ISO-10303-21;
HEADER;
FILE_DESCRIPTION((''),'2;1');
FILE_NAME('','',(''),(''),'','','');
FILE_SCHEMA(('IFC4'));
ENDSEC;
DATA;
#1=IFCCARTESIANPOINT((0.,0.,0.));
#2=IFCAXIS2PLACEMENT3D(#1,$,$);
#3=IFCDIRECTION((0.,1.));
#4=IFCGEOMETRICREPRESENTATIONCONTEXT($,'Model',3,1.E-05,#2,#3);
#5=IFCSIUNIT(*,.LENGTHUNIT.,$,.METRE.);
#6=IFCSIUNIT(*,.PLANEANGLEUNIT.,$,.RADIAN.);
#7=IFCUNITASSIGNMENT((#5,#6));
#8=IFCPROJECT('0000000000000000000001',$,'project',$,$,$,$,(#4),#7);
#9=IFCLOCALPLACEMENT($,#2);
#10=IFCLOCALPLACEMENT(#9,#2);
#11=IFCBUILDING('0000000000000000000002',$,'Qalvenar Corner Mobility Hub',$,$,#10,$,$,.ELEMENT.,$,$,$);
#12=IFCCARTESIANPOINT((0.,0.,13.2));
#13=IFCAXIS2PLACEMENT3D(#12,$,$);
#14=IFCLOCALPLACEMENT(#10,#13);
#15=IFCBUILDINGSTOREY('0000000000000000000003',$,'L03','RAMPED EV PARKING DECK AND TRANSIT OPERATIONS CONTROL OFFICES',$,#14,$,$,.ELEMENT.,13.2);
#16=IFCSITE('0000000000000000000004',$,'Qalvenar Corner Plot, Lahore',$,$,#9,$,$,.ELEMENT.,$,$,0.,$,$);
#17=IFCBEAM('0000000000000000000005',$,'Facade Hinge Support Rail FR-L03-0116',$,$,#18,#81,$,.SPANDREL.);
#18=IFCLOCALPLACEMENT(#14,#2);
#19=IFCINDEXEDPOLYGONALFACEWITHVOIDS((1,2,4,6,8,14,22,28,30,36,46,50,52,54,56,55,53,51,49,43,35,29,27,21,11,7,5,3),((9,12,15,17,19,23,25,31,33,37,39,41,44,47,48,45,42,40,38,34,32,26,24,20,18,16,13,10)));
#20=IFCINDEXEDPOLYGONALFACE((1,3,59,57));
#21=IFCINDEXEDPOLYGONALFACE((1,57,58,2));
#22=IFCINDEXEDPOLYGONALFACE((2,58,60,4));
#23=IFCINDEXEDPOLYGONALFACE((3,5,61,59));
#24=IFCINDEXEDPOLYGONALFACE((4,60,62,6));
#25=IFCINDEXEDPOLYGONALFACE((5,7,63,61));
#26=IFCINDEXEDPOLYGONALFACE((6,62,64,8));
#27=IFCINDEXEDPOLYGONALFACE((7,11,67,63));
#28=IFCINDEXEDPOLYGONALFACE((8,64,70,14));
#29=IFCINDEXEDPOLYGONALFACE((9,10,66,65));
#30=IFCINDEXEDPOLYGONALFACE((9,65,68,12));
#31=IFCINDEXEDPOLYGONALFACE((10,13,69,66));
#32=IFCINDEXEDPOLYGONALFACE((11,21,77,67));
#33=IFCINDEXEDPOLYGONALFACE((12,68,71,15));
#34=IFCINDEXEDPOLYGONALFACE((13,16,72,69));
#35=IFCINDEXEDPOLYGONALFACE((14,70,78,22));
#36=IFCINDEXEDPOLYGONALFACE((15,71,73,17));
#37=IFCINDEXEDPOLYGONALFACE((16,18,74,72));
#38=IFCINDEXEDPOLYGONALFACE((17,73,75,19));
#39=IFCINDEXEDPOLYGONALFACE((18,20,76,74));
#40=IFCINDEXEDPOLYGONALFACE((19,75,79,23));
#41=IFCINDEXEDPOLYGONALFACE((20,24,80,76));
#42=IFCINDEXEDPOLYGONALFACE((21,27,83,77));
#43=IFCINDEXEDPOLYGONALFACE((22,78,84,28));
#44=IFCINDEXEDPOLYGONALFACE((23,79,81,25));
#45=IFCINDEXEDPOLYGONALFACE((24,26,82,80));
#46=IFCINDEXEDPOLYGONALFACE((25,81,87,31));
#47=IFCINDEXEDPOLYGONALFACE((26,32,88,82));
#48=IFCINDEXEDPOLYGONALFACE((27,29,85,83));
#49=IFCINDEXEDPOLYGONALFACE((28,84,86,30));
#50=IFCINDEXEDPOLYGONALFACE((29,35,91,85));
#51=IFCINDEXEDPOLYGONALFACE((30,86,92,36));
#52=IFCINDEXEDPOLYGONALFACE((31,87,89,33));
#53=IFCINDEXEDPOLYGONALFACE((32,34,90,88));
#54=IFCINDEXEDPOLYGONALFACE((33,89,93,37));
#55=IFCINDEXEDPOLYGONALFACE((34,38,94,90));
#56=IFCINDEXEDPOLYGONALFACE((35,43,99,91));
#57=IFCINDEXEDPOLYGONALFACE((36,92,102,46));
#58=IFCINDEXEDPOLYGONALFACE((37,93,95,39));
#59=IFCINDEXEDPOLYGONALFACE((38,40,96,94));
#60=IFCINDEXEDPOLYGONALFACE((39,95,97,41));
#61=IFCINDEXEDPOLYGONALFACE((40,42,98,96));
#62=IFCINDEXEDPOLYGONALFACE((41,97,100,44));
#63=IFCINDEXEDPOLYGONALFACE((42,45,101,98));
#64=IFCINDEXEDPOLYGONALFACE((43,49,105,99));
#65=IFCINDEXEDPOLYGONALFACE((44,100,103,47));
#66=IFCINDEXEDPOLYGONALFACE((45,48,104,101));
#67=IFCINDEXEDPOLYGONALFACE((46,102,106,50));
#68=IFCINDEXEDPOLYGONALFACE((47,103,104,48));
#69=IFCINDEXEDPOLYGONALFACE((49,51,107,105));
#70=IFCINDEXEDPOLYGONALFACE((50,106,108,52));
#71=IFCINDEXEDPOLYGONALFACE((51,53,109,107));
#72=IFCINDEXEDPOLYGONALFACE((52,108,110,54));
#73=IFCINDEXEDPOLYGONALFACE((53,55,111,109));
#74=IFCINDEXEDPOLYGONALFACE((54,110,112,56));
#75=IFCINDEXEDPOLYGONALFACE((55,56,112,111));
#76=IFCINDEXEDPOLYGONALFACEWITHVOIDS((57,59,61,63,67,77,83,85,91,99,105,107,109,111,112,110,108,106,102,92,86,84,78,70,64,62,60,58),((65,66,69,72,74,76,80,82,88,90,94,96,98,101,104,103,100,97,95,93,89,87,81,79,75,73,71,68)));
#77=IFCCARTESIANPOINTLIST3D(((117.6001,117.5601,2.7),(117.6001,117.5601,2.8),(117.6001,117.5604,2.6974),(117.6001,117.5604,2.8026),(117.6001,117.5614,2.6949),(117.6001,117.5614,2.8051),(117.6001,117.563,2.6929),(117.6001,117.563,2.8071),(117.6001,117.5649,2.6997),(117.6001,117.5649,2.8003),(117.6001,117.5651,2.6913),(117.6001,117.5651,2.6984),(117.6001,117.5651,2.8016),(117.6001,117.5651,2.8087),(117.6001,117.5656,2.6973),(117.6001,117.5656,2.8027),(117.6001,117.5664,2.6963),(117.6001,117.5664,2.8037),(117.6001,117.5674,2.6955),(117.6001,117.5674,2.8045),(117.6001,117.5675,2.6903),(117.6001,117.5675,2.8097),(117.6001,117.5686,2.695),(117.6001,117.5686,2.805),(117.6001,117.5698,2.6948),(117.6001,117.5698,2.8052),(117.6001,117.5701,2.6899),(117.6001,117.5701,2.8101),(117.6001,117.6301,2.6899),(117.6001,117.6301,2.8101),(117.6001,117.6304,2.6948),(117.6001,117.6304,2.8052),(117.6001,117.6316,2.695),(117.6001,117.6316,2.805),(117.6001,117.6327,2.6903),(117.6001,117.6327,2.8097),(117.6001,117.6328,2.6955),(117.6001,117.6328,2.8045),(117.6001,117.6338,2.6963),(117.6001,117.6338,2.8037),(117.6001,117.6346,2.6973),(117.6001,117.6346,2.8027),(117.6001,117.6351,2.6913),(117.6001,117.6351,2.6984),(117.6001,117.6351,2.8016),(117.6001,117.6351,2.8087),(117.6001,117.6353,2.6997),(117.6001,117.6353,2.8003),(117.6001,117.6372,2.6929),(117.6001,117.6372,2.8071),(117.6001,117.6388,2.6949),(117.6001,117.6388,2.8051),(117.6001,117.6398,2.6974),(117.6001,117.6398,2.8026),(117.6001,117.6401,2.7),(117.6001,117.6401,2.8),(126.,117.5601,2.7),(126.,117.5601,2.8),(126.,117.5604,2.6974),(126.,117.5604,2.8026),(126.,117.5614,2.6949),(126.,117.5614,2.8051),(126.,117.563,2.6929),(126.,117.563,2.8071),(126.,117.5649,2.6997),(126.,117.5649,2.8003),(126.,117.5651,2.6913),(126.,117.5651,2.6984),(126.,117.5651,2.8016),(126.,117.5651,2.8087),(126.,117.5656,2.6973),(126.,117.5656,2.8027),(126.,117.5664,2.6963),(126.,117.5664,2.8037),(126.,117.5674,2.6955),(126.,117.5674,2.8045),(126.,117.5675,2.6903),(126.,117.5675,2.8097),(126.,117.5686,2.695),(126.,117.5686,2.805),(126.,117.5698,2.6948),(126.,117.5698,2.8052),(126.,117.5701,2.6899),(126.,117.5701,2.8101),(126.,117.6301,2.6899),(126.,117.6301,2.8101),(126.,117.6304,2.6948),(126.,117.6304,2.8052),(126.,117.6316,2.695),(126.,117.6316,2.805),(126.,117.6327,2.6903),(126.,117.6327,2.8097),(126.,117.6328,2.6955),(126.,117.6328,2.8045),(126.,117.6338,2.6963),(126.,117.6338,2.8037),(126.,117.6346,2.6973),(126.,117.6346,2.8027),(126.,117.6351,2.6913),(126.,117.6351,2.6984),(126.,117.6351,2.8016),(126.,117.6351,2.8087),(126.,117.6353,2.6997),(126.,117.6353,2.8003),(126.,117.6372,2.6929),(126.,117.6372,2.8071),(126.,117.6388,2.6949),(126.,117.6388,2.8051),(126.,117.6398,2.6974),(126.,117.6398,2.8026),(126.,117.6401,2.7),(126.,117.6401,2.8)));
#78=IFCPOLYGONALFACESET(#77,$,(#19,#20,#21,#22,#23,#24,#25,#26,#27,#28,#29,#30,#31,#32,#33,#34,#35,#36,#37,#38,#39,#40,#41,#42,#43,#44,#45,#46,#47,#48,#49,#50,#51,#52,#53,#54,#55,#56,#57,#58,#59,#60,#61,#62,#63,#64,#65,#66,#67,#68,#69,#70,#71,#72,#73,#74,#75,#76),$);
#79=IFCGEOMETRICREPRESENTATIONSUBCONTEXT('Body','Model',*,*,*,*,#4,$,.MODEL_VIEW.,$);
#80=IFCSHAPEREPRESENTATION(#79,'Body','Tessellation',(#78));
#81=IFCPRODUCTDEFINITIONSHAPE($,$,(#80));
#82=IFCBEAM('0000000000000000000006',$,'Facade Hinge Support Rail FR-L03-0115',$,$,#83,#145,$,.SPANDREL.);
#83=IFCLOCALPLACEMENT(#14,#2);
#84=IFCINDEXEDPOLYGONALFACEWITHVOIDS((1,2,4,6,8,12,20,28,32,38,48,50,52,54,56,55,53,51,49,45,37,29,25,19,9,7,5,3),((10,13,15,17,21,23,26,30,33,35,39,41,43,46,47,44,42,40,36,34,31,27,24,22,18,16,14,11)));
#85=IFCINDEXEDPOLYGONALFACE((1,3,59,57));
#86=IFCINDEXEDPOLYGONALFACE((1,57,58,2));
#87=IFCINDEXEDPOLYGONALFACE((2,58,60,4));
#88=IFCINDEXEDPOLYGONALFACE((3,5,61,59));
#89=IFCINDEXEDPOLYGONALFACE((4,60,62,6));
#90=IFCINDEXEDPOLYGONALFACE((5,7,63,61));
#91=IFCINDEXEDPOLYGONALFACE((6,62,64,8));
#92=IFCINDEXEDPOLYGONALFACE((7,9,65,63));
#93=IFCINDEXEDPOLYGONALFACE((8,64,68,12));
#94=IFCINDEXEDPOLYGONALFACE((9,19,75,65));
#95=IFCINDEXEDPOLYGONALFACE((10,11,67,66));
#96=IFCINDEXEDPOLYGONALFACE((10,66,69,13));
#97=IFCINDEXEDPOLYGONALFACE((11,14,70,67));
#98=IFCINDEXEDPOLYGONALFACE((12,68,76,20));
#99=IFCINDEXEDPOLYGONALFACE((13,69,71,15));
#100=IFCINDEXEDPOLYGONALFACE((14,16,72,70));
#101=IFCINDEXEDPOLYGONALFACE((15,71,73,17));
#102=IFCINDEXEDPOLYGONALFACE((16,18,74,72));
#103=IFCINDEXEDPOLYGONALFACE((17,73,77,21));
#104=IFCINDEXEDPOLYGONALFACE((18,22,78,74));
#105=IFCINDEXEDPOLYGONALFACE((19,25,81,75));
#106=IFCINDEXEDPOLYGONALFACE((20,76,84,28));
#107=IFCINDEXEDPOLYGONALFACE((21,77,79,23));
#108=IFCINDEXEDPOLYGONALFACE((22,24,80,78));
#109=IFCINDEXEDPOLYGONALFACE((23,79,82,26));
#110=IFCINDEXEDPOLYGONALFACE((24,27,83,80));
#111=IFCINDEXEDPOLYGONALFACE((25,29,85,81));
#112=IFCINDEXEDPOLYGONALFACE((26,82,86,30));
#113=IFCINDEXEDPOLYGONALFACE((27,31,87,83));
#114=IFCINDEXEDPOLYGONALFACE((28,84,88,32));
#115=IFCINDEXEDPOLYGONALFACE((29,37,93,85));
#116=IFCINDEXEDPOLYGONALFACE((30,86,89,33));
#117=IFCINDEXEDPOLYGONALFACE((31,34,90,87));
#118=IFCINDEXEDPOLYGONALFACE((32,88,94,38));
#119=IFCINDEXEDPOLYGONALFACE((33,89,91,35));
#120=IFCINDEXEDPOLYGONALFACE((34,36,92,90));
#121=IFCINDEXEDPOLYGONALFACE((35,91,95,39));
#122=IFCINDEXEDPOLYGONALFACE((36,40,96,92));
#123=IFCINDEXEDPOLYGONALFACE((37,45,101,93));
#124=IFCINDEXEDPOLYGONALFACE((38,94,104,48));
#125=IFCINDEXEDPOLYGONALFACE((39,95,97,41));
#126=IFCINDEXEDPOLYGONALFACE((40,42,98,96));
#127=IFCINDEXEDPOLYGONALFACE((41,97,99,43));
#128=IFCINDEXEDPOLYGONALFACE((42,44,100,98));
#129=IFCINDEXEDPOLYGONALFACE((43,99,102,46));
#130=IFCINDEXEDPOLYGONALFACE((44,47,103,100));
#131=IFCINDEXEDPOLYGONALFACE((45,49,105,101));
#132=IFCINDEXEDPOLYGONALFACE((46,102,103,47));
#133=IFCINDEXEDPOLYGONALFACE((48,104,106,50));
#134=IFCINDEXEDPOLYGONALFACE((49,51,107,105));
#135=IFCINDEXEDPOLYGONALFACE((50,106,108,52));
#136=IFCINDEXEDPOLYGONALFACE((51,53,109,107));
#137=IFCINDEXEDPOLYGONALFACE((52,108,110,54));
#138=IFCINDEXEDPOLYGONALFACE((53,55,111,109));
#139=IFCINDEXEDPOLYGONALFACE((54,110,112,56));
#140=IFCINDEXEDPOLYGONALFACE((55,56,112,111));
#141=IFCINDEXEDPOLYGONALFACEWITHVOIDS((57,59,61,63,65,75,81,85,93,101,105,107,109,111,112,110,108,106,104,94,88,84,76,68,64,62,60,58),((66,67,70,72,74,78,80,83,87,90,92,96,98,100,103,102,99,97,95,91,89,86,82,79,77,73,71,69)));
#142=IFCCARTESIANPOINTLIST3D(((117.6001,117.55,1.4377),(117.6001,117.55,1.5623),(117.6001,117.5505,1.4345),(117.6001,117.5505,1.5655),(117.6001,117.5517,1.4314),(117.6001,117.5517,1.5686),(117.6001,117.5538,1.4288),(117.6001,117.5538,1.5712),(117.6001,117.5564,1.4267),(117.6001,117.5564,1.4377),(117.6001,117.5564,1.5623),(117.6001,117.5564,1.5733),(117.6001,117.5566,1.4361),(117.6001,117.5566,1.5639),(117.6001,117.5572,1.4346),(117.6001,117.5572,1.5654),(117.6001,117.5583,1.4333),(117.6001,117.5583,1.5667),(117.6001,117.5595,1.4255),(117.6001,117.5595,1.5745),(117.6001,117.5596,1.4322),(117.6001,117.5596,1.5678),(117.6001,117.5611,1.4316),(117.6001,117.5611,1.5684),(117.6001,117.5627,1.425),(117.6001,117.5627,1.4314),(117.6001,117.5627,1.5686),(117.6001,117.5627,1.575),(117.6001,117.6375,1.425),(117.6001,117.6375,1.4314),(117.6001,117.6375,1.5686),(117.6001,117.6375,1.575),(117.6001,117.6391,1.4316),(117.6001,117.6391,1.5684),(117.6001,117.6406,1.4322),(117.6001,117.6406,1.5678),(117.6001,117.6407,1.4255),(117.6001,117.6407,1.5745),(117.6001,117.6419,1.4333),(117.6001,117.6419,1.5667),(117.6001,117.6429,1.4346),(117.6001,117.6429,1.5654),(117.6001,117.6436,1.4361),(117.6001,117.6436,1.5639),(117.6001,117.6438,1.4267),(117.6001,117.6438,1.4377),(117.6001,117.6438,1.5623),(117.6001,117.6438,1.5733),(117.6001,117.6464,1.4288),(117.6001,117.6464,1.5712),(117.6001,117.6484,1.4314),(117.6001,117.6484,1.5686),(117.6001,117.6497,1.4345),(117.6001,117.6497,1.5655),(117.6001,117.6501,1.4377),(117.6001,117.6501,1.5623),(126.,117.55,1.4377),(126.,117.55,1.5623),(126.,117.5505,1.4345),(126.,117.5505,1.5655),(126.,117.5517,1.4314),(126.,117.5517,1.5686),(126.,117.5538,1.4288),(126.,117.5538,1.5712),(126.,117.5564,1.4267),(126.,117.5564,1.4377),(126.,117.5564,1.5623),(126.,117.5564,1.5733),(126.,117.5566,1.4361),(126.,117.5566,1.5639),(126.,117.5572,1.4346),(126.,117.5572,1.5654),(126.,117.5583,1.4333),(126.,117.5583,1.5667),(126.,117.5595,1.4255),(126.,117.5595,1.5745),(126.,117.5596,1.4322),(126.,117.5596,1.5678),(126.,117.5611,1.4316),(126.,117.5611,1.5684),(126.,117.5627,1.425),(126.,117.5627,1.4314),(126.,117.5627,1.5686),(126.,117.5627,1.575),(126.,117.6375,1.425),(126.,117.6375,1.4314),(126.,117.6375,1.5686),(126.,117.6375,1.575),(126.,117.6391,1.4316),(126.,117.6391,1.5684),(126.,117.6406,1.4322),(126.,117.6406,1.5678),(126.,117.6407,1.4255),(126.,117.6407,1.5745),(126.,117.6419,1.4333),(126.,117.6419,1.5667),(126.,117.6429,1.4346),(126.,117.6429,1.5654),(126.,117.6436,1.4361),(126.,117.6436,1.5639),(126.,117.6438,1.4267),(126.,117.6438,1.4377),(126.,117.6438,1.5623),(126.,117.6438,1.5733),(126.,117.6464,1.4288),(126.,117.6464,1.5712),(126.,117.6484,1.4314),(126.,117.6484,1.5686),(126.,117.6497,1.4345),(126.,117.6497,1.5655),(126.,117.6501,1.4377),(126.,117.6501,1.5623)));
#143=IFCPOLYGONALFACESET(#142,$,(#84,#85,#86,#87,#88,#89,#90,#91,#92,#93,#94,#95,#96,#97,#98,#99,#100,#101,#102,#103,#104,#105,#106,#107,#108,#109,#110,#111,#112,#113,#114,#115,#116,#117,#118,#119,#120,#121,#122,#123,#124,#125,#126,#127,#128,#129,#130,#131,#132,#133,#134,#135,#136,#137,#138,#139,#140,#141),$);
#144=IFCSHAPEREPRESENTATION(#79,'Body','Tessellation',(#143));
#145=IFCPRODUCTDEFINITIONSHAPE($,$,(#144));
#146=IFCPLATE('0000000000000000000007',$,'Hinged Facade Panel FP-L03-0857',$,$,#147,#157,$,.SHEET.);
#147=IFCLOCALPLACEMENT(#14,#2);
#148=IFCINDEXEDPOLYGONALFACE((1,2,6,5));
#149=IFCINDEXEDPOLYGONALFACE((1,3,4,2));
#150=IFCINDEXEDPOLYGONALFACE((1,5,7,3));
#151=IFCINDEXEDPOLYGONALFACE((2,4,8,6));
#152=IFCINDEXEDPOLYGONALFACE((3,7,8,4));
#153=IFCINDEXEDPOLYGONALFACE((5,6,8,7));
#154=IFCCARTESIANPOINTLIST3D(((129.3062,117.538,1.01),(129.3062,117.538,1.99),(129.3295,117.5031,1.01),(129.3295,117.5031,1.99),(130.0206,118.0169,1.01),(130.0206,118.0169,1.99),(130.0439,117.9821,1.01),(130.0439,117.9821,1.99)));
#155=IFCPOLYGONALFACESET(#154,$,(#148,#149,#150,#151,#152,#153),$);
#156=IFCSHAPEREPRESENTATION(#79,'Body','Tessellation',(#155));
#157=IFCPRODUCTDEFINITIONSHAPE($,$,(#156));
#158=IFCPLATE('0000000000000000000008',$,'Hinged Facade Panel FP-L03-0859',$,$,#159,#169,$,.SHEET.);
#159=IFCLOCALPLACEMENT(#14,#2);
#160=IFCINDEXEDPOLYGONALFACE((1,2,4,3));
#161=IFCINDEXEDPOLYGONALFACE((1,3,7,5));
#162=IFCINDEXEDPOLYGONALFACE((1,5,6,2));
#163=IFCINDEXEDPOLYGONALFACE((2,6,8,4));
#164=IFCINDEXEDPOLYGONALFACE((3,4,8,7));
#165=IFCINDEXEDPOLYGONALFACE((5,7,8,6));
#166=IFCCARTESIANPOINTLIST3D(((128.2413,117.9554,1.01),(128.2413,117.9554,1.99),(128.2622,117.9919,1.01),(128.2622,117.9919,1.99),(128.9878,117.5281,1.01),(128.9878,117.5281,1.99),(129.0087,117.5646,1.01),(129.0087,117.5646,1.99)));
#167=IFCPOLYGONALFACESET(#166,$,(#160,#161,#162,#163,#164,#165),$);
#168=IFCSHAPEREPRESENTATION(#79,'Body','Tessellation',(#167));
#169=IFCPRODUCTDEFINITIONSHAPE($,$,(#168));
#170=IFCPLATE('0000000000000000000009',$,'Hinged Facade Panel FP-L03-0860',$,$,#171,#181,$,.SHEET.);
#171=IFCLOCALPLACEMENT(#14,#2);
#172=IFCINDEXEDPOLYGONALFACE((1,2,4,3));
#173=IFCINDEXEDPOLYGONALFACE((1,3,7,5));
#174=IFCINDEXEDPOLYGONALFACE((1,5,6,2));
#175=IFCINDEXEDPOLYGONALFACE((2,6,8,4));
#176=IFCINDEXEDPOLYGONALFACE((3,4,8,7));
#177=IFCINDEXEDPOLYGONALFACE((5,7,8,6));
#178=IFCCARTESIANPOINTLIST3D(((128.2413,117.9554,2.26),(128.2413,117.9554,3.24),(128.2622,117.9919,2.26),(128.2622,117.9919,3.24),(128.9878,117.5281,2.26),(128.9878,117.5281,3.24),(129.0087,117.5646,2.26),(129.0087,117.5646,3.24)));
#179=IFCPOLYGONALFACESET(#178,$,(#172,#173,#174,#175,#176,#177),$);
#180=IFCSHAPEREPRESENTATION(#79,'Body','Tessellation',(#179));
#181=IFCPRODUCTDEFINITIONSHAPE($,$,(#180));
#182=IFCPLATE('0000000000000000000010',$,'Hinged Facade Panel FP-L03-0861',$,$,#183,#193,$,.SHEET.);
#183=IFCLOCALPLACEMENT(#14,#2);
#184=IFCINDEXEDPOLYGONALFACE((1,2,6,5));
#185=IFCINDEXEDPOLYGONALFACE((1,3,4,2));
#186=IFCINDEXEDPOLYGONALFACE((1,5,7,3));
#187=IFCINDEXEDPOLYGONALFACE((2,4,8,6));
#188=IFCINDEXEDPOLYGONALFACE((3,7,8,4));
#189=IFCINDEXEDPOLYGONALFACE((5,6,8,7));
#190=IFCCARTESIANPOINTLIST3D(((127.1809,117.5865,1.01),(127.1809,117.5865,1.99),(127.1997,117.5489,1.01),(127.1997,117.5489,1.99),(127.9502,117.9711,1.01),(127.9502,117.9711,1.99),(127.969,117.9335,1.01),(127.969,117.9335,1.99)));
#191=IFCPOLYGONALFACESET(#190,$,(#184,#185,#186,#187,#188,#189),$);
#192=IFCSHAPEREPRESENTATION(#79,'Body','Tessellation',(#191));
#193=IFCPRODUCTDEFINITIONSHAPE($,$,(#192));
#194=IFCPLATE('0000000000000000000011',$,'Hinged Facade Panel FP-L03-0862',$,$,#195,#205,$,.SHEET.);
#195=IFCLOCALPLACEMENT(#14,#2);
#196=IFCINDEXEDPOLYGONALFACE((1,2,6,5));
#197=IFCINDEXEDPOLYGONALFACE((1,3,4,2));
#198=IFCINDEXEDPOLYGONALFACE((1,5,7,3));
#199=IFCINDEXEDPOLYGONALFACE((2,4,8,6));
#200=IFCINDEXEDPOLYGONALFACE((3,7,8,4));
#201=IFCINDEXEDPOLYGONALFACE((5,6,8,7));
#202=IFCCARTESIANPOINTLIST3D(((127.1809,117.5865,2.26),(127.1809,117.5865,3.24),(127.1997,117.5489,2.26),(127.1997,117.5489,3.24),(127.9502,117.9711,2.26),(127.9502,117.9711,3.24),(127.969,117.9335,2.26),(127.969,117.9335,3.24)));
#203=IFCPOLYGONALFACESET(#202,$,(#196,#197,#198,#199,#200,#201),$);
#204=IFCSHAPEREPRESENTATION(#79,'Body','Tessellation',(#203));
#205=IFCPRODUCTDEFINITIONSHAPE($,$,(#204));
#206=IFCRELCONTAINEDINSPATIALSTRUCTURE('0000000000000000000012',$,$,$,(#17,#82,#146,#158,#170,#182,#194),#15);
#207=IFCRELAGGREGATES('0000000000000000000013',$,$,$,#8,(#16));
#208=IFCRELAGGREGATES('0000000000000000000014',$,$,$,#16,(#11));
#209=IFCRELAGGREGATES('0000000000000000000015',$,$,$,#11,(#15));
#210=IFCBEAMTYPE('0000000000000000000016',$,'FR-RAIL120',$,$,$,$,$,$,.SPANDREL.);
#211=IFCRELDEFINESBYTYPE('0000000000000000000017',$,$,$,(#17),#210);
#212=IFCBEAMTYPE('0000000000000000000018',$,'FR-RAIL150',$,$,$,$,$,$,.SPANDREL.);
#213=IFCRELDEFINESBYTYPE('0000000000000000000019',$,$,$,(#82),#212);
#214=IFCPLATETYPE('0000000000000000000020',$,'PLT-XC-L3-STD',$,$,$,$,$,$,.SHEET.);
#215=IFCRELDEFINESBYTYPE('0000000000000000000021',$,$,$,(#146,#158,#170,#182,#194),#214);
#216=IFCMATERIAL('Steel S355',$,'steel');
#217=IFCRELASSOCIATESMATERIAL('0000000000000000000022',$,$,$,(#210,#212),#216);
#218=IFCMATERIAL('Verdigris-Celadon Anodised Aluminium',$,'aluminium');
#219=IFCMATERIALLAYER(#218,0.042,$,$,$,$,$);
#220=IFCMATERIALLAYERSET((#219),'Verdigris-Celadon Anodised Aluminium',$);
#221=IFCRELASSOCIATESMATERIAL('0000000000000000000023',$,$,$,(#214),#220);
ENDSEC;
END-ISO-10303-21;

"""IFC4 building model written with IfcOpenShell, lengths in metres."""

from ifc_helpers import new_model, si_unit, direction, frame, origin, origin_2d, place, context, subcontext, project, spatial, rectangle, hollow_rectangle, extrude, material, layer, layer_set, material_profile, profile_set, type_object, element, save


model = new_model("IFC4")

# Units and contexts
model_context = context("Model", 3, precision=1e-05, world=origin(), true_north=direction((0.0, 1.0)))
body_context = subcontext(model_context, "Body", "Model", "MODEL_VIEW")
ifc_project = project(units=[si_unit("LENGTHUNIT", "METRE"), si_unit("PLANEANGLEUNIT", "RADIAN")], contexts=[model_context])

# Site, building, storey
site_placement = place(None, origin())
site = spatial("IfcSite", under=ifc_project, at=site_placement, Name="Qalvenar Corner Plot, Lahore", CompositionType="ELEMENT", RefElevation=0.0)
building_placement = place(site_placement, origin())
building = spatial("IfcBuilding", under=site, at=building_placement, Name="Qalvenar Corner Mobility Hub", CompositionType="ELEMENT")
storey_placement = place(building_placement, frame((0.0, 0.0, 13.2)))
storey = spatial("IfcBuildingStorey", under=building, at=storey_placement, Name="L03", Description="RAMPED EV PARKING DECK AND TRANSIT OPERATIONS CONTROL OFFICES", CompositionType="ELEMENT", Elevation=13.2)

# Shared definitions
ifc_material_1 = material(Name="Steel S355", Category="steel")

# Beams
ifc_material_profile_1 = material_profile(ifc_material_1, hollow_rectangle(XDim=0.0801, YDim=0.1201, WallThickness=0.0049, InnerFilletRadius=0.0049, OuterFilletRadius=0.01, at=origin_2d()), Name="RHS120x80x5")
ifc_profile_set_1 = profile_set([ifc_material_profile_1], Name="Steel S355")
beam_type_1 = type_object("IfcBeamType", Name="FR-RAIL120", PredefinedType="SPANDREL", material=ifc_profile_set_1)
beam_1_placement = place(storey_placement, frame((126.0, 117.6001, 2.75), z_axis=(-1.0, 0.0, 0.0), x_axis=(0.0, -1.0, 0.0)))
element("IfcBeam", 1, at=beam_1_placement, inside=storey, type_object=beam_type_1, Name="Facade Hinge Support Rail FR-L03-0116", PredefinedType="SPANDREL", context=body_context, shape_type="SweptSolid", body=[
    extrude(hollow_rectangle(XDim=0.0801, YDim=0.1201, WallThickness=0.0049, InnerFilletRadius=0.0049, OuterFilletRadius=0.01, at=origin_2d()), origin(), (0.0, 0.0, 1.0), 8.3999),
])
ifc_material_profile_2 = material_profile(ifc_material_1, hollow_rectangle(XDim=0.1001, YDim=0.1499, WallThickness=0.0063, InnerFilletRadius=0.0063, OuterFilletRadius=0.0127, at=origin_2d()), Name="RHS150x100x6.3")
ifc_profile_set_2 = profile_set([ifc_material_profile_2], Name="Steel S355")
beam_type_2 = type_object("IfcBeamType", Name="FR-RAIL150", PredefinedType="SPANDREL", material=ifc_profile_set_2)
beam_2_placement = place(storey_placement, frame((126.0, 117.6001, 1.5), z_axis=(-1.0, 0.0, 0.0), x_axis=(0.0, -1.0, 0.0)))
element("IfcBeam", 2, at=beam_2_placement, inside=storey, type_object=beam_type_2, Name="Facade Hinge Support Rail FR-L03-0115", PredefinedType="SPANDREL", context=body_context, shape_type="SweptSolid", body=[
    extrude(hollow_rectangle(XDim=0.1001, YDim=0.1499, WallThickness=0.0063, InnerFilletRadius=0.0063, OuterFilletRadius=0.0127, at=origin_2d()), origin(), (0.0, 0.0, 1.0), 8.3999),
])

# Plates
ifc_material_2 = material(Name="Verdigris-Celadon Anodised Aluminium", Category="aluminium")
ifc_layer = layer(ifc_material_2, 0.042)
ifc_layer_set = layer_set([ifc_layer], Name="Verdigris-Celadon Anodised Aluminium")
plate_type = type_object("IfcPlateType", Name="PLT-XC-L3-STD", PredefinedType="SHEET", material=ifc_layer_set)
for number, where, z_axis, x_axis, name in (
    (3, (129.675, 117.76, 1.01), (0.0, 0.0, 1.0), (-0.830596, -0.556876, 0.0), "Hinged Facade Panel FP-L03-0857"),
    (4, (128.625, 117.76, 1.01), (0.0, 0.0, 1.0), (-0.867852, 0.496822, 0.0), "Hinged Facade Panel FP-L03-0859"),
    (5, (128.625, 117.76, 2.26), (0.0, 0.0, 1.0), (-0.867852, 0.496822, 0.0), "Hinged Facade Panel FP-L03-0860"),
    (6, (127.575, 117.76, 1.01), (0.0, 0.0, 1.0), (-0.894467, -0.447135, 0.0), "Hinged Facade Panel FP-L03-0861"),
    (7, (127.575, 117.76, 2.26), (0.0, 0.0, 1.0), (-0.894467, -0.447135, 0.0), "Hinged Facade Panel FP-L03-0862"),
):
    element("IfcPlate", number, at=place(storey_placement, frame(where, z_axis=z_axis, x_axis=x_axis)), inside=storey, type_object=plate_type, Name=name, PredefinedType="SHEET", context=body_context, shape_type="SweptSolid", body=[
        extrude(rectangle(XDim=0.8601, YDim=0.042, at=origin_2d()), origin(), (0.0, 0.0, 1.0), 0.98),
    ])

save(model, "model.ifc")
